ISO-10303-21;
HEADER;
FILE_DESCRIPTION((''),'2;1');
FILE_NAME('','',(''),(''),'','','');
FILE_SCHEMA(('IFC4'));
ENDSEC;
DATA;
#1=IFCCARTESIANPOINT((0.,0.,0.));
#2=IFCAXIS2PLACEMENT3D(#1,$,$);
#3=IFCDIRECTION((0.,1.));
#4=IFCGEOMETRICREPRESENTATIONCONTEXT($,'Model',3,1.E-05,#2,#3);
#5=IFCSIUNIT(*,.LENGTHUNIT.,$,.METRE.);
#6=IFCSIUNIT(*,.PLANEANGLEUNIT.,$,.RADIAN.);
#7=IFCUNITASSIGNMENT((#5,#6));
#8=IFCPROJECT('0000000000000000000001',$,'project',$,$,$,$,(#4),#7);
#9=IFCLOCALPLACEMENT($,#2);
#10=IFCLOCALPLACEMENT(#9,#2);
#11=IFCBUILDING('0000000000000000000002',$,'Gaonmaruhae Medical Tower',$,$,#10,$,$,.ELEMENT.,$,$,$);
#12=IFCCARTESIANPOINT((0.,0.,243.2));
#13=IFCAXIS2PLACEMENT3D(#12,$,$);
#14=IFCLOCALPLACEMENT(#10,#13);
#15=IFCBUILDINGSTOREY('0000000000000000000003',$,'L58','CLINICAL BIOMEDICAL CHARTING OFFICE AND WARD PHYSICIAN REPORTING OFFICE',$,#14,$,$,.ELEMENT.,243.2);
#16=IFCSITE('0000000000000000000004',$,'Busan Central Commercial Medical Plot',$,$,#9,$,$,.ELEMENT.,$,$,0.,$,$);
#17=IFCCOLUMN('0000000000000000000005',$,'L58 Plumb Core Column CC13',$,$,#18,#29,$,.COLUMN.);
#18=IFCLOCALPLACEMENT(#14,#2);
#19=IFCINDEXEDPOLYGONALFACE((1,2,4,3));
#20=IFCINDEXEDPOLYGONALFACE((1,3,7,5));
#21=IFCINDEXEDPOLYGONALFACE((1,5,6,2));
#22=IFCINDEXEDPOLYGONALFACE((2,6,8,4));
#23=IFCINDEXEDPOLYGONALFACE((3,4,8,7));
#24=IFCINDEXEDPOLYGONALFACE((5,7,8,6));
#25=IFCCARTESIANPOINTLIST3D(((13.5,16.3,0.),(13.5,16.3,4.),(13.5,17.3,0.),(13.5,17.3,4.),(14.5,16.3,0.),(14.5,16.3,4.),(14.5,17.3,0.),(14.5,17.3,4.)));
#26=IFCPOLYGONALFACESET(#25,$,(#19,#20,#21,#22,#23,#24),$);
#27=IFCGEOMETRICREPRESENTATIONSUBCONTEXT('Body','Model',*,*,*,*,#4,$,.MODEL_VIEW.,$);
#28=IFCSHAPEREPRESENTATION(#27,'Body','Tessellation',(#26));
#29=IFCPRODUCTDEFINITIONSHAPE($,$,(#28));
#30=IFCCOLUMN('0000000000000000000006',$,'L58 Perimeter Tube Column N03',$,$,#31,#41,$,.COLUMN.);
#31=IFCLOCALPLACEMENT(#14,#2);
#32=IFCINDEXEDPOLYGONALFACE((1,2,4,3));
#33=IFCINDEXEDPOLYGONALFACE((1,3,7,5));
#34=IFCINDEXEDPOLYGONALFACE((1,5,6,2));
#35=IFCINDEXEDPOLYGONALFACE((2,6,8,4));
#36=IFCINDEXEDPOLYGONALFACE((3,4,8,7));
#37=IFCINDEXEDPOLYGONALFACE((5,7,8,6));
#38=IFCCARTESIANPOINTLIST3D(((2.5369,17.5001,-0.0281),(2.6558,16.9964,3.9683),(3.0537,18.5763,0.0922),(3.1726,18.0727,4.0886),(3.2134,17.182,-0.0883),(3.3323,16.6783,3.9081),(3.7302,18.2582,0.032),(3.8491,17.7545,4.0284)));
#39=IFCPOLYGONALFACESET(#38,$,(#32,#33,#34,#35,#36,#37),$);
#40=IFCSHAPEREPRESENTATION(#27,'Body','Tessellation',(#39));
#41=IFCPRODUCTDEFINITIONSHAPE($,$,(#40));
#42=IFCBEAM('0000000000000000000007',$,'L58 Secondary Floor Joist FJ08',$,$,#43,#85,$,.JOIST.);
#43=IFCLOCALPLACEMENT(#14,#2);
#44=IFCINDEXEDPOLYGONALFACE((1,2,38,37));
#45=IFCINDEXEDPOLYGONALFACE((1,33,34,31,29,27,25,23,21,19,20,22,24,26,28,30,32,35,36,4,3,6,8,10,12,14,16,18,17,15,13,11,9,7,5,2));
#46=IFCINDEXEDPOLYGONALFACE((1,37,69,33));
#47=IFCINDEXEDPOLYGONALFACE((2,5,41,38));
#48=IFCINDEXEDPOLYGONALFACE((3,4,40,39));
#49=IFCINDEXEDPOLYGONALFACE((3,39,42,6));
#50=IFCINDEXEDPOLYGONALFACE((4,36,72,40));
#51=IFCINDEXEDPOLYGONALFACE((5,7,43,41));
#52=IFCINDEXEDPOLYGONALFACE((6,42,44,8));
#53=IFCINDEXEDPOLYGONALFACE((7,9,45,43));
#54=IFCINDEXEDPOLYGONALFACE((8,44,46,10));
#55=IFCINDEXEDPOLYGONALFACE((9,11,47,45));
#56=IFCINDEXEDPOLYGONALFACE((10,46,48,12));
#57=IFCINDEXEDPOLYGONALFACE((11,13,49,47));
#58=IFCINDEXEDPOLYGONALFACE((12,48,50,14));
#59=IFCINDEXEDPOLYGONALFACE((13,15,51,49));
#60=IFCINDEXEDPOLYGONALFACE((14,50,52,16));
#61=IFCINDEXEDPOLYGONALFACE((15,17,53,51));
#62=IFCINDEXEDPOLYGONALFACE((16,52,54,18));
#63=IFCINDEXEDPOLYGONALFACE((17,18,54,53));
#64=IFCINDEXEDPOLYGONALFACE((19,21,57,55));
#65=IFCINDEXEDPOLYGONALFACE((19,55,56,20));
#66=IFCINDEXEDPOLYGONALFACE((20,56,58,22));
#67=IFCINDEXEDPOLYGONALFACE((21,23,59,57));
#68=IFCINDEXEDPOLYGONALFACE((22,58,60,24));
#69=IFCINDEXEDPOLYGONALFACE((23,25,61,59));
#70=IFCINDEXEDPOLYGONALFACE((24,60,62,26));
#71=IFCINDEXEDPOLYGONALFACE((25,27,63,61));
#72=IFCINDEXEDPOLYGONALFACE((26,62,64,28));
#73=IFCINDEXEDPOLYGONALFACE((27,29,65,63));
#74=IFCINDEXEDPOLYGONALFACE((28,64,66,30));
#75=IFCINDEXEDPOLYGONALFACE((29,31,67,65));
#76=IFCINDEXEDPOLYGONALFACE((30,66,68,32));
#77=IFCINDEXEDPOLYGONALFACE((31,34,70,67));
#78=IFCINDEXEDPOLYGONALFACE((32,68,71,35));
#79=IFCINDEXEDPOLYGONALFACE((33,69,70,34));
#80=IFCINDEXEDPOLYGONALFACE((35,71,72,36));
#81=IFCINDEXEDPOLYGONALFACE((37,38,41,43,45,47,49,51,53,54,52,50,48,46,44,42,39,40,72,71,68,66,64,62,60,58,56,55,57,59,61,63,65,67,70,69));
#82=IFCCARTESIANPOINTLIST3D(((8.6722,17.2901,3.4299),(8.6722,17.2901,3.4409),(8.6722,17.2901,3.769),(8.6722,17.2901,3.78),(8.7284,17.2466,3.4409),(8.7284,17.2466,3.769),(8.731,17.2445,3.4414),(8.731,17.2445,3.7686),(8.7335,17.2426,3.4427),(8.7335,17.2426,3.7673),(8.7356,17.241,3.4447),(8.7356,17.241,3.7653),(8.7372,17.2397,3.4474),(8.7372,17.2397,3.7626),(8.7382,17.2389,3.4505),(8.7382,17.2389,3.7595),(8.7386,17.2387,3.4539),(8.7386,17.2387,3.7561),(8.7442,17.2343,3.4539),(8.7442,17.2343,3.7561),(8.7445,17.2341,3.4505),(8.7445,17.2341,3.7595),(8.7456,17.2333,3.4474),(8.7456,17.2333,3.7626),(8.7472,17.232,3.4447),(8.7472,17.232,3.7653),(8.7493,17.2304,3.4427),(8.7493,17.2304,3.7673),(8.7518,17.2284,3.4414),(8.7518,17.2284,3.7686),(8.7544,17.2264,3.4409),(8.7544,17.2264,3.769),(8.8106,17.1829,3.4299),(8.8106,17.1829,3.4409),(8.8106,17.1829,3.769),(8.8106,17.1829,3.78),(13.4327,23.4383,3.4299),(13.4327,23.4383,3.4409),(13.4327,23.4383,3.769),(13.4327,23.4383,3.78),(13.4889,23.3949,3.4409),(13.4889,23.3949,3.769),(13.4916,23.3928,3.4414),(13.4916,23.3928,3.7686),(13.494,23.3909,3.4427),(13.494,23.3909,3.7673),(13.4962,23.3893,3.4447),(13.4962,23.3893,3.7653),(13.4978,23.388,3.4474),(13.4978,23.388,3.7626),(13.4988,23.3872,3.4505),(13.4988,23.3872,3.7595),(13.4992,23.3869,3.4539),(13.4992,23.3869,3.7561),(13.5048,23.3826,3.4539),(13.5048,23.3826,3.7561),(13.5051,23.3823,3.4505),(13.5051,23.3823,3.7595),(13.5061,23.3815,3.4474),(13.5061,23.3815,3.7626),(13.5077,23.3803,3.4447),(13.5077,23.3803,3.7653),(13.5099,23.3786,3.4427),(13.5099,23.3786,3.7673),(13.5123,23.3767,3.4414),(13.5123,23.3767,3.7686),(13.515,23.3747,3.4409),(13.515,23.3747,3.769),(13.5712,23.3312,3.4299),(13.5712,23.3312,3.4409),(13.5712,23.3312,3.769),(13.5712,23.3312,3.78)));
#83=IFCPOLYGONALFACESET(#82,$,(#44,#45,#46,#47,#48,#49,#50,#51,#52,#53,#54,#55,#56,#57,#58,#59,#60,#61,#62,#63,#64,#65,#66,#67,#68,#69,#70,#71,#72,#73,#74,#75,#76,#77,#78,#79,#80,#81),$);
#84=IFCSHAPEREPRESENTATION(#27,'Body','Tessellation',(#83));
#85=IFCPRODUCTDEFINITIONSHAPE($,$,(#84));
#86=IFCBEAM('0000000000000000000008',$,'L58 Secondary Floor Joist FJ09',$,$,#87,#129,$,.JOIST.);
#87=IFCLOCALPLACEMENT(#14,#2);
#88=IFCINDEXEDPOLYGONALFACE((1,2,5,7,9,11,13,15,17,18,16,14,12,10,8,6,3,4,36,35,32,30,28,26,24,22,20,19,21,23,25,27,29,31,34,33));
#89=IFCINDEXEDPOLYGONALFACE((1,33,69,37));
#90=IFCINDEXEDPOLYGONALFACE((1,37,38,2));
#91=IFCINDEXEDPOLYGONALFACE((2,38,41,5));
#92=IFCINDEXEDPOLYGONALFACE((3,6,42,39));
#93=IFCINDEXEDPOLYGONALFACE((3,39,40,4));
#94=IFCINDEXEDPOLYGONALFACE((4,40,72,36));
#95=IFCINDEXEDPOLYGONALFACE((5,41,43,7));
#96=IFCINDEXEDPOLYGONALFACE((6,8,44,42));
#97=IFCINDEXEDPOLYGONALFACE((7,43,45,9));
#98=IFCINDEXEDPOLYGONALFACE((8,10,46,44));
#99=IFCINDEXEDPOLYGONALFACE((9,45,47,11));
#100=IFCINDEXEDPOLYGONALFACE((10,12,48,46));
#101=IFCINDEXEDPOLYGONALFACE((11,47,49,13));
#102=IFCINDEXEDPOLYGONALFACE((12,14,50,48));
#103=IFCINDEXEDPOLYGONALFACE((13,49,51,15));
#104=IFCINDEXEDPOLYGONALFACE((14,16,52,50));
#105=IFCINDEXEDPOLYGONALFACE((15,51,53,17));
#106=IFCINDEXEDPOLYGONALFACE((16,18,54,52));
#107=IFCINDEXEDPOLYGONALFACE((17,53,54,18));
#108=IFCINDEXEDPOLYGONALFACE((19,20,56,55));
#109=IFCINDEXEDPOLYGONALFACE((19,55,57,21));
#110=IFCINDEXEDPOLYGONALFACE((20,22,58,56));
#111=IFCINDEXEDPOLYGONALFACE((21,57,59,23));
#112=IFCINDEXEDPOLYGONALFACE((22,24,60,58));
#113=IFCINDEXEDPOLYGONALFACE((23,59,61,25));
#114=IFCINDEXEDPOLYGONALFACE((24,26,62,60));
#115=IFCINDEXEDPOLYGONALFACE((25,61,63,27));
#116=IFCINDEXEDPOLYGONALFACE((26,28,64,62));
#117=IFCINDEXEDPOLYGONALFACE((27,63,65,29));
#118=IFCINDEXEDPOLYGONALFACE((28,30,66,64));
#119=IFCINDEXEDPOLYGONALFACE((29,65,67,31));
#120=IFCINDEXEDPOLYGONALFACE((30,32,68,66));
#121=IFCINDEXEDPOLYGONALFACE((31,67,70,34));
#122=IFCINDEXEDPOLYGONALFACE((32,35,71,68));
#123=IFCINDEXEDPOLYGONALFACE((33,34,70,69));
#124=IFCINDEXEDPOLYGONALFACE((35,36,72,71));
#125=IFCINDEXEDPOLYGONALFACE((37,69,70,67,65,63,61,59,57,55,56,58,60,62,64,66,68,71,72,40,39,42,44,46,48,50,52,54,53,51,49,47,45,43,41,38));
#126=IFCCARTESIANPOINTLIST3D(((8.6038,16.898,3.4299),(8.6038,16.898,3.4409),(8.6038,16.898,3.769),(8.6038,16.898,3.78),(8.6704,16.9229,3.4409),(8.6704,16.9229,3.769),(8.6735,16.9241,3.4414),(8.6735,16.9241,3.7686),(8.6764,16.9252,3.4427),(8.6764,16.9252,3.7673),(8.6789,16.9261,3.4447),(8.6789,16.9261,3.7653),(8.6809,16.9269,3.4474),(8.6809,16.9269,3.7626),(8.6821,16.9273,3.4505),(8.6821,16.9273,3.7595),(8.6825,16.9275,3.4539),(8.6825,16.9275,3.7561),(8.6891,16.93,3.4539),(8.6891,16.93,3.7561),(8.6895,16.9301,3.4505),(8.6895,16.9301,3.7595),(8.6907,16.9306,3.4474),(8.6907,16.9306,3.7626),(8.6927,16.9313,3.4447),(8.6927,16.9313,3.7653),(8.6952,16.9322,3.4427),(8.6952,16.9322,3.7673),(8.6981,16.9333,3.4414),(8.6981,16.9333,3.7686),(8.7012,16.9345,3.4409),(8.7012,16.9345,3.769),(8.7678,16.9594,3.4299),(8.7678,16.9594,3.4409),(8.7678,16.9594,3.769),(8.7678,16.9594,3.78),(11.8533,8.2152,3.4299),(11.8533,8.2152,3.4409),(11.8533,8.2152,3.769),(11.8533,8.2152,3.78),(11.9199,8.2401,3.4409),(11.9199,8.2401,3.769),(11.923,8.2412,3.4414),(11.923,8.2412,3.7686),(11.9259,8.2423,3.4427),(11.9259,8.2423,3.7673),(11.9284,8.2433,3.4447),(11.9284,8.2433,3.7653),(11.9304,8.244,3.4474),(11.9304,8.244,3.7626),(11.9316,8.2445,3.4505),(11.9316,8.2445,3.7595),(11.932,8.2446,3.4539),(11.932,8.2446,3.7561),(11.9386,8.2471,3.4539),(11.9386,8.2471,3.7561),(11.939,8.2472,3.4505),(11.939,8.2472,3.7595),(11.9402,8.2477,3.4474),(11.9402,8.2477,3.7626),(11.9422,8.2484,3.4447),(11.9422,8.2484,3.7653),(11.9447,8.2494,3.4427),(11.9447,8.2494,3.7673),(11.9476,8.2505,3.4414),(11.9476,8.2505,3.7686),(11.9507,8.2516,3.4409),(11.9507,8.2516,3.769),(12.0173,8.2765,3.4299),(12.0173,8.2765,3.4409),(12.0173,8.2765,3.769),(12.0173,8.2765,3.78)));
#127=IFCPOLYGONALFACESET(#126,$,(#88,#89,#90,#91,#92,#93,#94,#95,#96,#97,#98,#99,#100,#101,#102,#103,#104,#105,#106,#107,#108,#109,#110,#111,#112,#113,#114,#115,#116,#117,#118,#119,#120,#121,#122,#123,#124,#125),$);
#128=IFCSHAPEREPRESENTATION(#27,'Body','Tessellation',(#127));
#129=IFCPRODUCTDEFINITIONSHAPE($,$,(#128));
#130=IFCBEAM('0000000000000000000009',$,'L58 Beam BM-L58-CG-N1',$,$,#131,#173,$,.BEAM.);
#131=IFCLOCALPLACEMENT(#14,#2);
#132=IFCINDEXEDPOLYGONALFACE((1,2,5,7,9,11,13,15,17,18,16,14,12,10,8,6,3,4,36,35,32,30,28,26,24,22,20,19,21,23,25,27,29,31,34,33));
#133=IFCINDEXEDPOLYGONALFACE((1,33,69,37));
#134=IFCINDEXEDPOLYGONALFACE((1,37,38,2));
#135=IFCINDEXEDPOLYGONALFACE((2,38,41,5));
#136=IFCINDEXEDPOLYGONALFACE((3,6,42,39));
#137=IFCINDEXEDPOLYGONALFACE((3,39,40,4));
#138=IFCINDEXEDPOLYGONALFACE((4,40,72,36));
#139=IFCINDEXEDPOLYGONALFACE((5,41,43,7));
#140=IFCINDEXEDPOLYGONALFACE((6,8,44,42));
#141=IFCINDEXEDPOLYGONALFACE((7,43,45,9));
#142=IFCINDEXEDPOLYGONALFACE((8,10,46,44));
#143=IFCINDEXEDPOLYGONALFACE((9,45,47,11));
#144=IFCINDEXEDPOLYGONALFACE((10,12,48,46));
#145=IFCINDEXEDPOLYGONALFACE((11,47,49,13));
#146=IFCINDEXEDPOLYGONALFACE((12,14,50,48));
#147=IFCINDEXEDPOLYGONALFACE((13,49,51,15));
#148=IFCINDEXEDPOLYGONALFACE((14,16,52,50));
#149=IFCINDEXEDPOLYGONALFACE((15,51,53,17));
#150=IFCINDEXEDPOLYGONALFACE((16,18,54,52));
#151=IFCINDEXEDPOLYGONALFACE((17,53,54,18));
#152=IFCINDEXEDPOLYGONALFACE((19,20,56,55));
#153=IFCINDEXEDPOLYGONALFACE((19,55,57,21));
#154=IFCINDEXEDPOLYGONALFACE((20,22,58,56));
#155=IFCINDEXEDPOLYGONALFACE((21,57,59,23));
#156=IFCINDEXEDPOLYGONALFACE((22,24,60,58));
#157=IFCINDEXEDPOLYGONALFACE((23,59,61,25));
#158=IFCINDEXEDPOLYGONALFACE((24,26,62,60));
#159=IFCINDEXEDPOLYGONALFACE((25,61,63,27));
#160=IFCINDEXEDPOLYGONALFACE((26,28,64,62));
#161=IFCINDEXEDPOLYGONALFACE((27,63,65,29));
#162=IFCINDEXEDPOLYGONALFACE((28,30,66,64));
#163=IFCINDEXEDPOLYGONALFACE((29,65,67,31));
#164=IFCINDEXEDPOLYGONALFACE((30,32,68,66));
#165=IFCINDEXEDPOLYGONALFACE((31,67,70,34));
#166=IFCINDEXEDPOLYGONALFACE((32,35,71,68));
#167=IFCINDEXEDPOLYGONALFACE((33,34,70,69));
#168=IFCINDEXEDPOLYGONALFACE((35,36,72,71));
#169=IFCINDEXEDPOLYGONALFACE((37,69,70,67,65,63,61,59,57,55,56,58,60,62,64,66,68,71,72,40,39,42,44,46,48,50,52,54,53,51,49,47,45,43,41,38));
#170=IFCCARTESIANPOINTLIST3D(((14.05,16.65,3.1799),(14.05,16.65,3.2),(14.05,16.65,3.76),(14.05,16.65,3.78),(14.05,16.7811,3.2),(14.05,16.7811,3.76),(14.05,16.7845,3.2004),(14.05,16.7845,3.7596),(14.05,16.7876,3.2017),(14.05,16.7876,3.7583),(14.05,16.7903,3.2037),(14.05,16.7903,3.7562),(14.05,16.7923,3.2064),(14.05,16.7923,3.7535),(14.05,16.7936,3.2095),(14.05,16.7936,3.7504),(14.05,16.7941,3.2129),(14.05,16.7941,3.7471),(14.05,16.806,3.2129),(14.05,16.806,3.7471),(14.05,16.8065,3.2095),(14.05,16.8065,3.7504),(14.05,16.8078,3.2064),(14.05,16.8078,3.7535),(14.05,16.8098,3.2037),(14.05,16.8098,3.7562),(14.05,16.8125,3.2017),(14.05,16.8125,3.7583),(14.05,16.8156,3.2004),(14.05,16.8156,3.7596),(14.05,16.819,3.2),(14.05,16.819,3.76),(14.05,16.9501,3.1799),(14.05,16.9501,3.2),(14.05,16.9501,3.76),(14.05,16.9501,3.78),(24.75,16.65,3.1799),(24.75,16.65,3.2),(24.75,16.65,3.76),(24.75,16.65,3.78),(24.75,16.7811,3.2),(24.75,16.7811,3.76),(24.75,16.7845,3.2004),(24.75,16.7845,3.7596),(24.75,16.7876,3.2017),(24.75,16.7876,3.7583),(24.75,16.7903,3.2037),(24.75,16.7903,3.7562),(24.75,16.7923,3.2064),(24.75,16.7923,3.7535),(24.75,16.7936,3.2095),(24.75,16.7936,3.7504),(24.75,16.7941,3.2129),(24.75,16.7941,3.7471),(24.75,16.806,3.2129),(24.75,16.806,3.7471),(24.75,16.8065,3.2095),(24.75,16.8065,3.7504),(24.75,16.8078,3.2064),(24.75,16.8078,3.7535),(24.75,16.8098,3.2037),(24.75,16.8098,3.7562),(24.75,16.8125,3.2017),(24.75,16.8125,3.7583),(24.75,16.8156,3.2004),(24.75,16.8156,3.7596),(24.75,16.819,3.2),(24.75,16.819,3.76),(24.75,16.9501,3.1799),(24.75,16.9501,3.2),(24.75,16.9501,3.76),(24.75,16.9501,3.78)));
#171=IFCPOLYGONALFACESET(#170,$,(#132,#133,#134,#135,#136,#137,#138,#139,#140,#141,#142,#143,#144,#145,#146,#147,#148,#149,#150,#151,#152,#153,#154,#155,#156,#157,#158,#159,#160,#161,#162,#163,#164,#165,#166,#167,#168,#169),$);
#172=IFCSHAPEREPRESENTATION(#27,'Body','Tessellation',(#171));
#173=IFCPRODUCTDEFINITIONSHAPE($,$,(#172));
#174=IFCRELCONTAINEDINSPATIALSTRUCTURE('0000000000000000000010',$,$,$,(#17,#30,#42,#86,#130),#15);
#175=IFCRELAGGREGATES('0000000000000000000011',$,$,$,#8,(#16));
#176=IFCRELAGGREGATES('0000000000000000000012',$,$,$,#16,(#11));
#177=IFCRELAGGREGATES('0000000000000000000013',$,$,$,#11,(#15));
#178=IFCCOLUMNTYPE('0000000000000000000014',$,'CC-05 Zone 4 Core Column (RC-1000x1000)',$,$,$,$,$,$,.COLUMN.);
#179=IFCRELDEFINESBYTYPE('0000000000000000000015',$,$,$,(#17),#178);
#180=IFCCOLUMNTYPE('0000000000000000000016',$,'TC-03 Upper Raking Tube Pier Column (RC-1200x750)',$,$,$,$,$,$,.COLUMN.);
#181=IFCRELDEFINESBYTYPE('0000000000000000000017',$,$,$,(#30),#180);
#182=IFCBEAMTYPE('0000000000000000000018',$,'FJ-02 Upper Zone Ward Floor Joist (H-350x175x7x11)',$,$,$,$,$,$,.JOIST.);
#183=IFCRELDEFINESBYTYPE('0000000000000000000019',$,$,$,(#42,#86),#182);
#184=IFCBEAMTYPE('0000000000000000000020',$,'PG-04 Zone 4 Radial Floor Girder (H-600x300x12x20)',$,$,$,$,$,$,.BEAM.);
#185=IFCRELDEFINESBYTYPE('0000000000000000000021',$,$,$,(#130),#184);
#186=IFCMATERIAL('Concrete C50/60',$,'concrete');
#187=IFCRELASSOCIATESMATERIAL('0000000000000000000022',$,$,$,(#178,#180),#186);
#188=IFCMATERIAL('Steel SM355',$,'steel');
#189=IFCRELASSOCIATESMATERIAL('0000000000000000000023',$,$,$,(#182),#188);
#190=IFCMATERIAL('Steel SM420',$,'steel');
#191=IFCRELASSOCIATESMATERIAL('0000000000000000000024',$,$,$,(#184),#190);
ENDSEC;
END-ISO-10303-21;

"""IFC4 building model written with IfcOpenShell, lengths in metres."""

from ifc_helpers import new_model, si_unit, direction, frame, origin, origin_2d, place, context, subcontext, project, spatial, rectangle, i_section, extrude, material, material_profile, profile_set, type_object, element, save


model = new_model("IFC4")

# Units and contexts
model_context = context("Model", 3, precision=1e-05, world=origin(), true_north=direction((0.0, 1.0)))
body_context = subcontext(model_context, "Body", "Model", "MODEL_VIEW")
ifc_project = project(units=[si_unit("LENGTHUNIT", "METRE"), si_unit("PLANEANGLEUNIT", "RADIAN")], contexts=[model_context])

# Site, building, storey
site_placement = place(None, origin())
site = spatial("IfcSite", under=ifc_project, at=site_placement, Name="Busan Central Commercial Medical Plot", CompositionType="ELEMENT", RefElevation=0.0)
building_placement = place(site_placement, origin())
building = spatial("IfcBuilding", under=site, at=building_placement, Name="Gaonmaruhae Medical Tower", CompositionType="ELEMENT")
storey_placement = place(building_placement, frame((0.0, 0.0, 243.2)))
storey = spatial("IfcBuildingStorey", under=building, at=storey_placement, Name="L58", Description="CLINICAL BIOMEDICAL CHARTING OFFICE AND WARD PHYSICIAN REPORTING OFFICE", CompositionType="ELEMENT", Elevation=243.2)

# Columns
ifc_material_1 = material(Name="Concrete C50/60", Category="concrete")
ifc_material_profile_1 = material_profile(ifc_material_1, rectangle(XDim=1.0, YDim=1.0, at=origin_2d()), Name="RC-1000x1000")
ifc_profile_set_1 = profile_set([ifc_material_profile_1], Name="Concrete C50/60")
column_type_1 = type_object("IfcColumnType", Name="CC-05 Zone 4 Core Column (RC-1000x1000)", PredefinedType="COLUMN", material=ifc_profile_set_1)
column_1_placement = place(storey_placement, frame((14.0, 16.8, 0.0), z_axis=(0.0, 0.0, 1.0), x_axis=(1.0, 0.0, 0.0)))
element("IfcColumn", 1, at=column_1_placement, inside=storey, type_object=column_type_1, Name="L58 Plumb Core Column CC13", PredefinedType="COLUMN", context=body_context, shape_type="SweptSolid", body=[
    extrude(rectangle(XDim=1.0, YDim=1.0, at=origin_2d()), origin(), (0.0, 0.0, 1.0), 4.0),
])
ifc_material_profile_2 = material_profile(ifc_material_1, rectangle(XDim=1.2, YDim=0.75, at=origin_2d()), Name="RC-1200x750")
ifc_profile_set_2 = profile_set([ifc_material_profile_2], Name="Concrete C50/60")
column_type_2 = type_object("IfcColumnType", Name="TC-03 Upper Raking Tube Pier Column (RC-1200x750)", PredefinedType="COLUMN", material=ifc_profile_set_2)
column_2_placement = place(storey_placement, frame((3.1335, 17.8792, 0.002), z_axis=(0.029505, -0.124987, 0.99172), x_axis=(0.430699, 0.896913, 0.100225)))
element("IfcColumn", 2, at=column_2_placement, inside=storey, type_object=column_type_2, Name="L58 Perimeter Tube Column N03", PredefinedType="COLUMN", context=body_context, shape_type="SweptSolid", body=[
    extrude(rectangle(XDim=1.2, YDim=0.75, at=origin_2d()), origin(), (0.0, 0.0, 1.0), 4.0298),
])

# Beams
ifc_material_2 = material(Name="Steel SM355", Category="steel")
ifc_material_profile_3 = material_profile(ifc_material_2, i_section(OverallWidth=0.175, OverallDepth=0.3501, WebThickness=0.0071, FlangeThickness=0.011, FilletRadius=0.0129, at=origin_2d()), Name="H-350x175x7x11")
ifc_profile_set_3 = profile_set([ifc_material_profile_3], Name="Steel SM355")
beam_type_1 = type_object("IfcBeamType", Name="FJ-02 Upper Zone Ward Floor Joist (H-350x175x7x11)", PredefinedType="JOIST", material=ifc_profile_set_3)
beam_1_placement = place(storey_placement, frame((13.502, 23.3848, 3.605), z_axis=(-0.612222, -0.790686, 0.0), x_axis=(0.790686, -0.612222, 0.0)))
element("IfcBeam", 3, at=beam_1_placement, inside=storey, type_object=beam_type_1, Name="L58 Secondary Floor Joist FJ08", PredefinedType="JOIST", context=body_context, shape_type="SweptSolid", body=[
    extrude(i_section(OverallWidth=0.175, OverallDepth=0.3501, WebThickness=0.0071, FlangeThickness=0.011, FilletRadius=0.0129, at=origin_2d()), origin(), (0.0, 0.0, 1.0), 7.7759),
])
beam_2_placement = place(storey_placement, frame((8.6858, 16.9287, 3.605), z_axis=(0.350503, -0.936562, 0.0), x_axis=(0.936562, 0.350503, 0.0)))
element("IfcBeam", 4, at=beam_2_placement, inside=storey, type_object=beam_type_1, Name="L58 Secondary Floor Joist FJ09", PredefinedType="JOIST", context=body_context, shape_type="SweptSolid", body=[
    extrude(i_section(OverallWidth=0.175, OverallDepth=0.3501, WebThickness=0.0071, FlangeThickness=0.011, FilletRadius=0.0129, at=origin_2d()), origin(), (0.0, 0.0, 1.0), 9.271),
])
ifc_material_3 = material(Name="Steel SM420", Category="steel")
ifc_material_profile_4 = material_profile(ifc_material_3, i_section(OverallWidth=0.3, OverallDepth=0.6001, WebThickness=0.012, FlangeThickness=0.02, FilletRadius=0.0129, at=origin_2d()), Name="H-600x300x12x20")
ifc_profile_set_4 = profile_set([ifc_material_profile_4], Name="Steel SM420")
beam_type_2 = type_object("IfcBeamType", Name="PG-04 Zone 4 Radial Floor Girder (H-600x300x12x20)", PredefinedType="BEAM", material=ifc_profile_set_4)
beam_3_placement = place(storey_placement, frame((14.05, 16.8, 3.48), z_axis=(1.0, 0.0, 0.0), x_axis=(0.0, 1.0, 0.0)))
element("IfcBeam", 5, at=beam_3_placement, inside=storey, type_object=beam_type_2, Name="L58 Beam BM-L58-CG-N1", PredefinedType="BEAM", context=body_context, shape_type="SweptSolid", body=[
    extrude(i_section(OverallWidth=0.3, OverallDepth=0.6001, WebThickness=0.012, FlangeThickness=0.02, FilletRadius=0.0129, at=origin_2d()), origin(), (0.0, 0.0, 1.0), 10.7),
])

save(model, "model.ifc")
